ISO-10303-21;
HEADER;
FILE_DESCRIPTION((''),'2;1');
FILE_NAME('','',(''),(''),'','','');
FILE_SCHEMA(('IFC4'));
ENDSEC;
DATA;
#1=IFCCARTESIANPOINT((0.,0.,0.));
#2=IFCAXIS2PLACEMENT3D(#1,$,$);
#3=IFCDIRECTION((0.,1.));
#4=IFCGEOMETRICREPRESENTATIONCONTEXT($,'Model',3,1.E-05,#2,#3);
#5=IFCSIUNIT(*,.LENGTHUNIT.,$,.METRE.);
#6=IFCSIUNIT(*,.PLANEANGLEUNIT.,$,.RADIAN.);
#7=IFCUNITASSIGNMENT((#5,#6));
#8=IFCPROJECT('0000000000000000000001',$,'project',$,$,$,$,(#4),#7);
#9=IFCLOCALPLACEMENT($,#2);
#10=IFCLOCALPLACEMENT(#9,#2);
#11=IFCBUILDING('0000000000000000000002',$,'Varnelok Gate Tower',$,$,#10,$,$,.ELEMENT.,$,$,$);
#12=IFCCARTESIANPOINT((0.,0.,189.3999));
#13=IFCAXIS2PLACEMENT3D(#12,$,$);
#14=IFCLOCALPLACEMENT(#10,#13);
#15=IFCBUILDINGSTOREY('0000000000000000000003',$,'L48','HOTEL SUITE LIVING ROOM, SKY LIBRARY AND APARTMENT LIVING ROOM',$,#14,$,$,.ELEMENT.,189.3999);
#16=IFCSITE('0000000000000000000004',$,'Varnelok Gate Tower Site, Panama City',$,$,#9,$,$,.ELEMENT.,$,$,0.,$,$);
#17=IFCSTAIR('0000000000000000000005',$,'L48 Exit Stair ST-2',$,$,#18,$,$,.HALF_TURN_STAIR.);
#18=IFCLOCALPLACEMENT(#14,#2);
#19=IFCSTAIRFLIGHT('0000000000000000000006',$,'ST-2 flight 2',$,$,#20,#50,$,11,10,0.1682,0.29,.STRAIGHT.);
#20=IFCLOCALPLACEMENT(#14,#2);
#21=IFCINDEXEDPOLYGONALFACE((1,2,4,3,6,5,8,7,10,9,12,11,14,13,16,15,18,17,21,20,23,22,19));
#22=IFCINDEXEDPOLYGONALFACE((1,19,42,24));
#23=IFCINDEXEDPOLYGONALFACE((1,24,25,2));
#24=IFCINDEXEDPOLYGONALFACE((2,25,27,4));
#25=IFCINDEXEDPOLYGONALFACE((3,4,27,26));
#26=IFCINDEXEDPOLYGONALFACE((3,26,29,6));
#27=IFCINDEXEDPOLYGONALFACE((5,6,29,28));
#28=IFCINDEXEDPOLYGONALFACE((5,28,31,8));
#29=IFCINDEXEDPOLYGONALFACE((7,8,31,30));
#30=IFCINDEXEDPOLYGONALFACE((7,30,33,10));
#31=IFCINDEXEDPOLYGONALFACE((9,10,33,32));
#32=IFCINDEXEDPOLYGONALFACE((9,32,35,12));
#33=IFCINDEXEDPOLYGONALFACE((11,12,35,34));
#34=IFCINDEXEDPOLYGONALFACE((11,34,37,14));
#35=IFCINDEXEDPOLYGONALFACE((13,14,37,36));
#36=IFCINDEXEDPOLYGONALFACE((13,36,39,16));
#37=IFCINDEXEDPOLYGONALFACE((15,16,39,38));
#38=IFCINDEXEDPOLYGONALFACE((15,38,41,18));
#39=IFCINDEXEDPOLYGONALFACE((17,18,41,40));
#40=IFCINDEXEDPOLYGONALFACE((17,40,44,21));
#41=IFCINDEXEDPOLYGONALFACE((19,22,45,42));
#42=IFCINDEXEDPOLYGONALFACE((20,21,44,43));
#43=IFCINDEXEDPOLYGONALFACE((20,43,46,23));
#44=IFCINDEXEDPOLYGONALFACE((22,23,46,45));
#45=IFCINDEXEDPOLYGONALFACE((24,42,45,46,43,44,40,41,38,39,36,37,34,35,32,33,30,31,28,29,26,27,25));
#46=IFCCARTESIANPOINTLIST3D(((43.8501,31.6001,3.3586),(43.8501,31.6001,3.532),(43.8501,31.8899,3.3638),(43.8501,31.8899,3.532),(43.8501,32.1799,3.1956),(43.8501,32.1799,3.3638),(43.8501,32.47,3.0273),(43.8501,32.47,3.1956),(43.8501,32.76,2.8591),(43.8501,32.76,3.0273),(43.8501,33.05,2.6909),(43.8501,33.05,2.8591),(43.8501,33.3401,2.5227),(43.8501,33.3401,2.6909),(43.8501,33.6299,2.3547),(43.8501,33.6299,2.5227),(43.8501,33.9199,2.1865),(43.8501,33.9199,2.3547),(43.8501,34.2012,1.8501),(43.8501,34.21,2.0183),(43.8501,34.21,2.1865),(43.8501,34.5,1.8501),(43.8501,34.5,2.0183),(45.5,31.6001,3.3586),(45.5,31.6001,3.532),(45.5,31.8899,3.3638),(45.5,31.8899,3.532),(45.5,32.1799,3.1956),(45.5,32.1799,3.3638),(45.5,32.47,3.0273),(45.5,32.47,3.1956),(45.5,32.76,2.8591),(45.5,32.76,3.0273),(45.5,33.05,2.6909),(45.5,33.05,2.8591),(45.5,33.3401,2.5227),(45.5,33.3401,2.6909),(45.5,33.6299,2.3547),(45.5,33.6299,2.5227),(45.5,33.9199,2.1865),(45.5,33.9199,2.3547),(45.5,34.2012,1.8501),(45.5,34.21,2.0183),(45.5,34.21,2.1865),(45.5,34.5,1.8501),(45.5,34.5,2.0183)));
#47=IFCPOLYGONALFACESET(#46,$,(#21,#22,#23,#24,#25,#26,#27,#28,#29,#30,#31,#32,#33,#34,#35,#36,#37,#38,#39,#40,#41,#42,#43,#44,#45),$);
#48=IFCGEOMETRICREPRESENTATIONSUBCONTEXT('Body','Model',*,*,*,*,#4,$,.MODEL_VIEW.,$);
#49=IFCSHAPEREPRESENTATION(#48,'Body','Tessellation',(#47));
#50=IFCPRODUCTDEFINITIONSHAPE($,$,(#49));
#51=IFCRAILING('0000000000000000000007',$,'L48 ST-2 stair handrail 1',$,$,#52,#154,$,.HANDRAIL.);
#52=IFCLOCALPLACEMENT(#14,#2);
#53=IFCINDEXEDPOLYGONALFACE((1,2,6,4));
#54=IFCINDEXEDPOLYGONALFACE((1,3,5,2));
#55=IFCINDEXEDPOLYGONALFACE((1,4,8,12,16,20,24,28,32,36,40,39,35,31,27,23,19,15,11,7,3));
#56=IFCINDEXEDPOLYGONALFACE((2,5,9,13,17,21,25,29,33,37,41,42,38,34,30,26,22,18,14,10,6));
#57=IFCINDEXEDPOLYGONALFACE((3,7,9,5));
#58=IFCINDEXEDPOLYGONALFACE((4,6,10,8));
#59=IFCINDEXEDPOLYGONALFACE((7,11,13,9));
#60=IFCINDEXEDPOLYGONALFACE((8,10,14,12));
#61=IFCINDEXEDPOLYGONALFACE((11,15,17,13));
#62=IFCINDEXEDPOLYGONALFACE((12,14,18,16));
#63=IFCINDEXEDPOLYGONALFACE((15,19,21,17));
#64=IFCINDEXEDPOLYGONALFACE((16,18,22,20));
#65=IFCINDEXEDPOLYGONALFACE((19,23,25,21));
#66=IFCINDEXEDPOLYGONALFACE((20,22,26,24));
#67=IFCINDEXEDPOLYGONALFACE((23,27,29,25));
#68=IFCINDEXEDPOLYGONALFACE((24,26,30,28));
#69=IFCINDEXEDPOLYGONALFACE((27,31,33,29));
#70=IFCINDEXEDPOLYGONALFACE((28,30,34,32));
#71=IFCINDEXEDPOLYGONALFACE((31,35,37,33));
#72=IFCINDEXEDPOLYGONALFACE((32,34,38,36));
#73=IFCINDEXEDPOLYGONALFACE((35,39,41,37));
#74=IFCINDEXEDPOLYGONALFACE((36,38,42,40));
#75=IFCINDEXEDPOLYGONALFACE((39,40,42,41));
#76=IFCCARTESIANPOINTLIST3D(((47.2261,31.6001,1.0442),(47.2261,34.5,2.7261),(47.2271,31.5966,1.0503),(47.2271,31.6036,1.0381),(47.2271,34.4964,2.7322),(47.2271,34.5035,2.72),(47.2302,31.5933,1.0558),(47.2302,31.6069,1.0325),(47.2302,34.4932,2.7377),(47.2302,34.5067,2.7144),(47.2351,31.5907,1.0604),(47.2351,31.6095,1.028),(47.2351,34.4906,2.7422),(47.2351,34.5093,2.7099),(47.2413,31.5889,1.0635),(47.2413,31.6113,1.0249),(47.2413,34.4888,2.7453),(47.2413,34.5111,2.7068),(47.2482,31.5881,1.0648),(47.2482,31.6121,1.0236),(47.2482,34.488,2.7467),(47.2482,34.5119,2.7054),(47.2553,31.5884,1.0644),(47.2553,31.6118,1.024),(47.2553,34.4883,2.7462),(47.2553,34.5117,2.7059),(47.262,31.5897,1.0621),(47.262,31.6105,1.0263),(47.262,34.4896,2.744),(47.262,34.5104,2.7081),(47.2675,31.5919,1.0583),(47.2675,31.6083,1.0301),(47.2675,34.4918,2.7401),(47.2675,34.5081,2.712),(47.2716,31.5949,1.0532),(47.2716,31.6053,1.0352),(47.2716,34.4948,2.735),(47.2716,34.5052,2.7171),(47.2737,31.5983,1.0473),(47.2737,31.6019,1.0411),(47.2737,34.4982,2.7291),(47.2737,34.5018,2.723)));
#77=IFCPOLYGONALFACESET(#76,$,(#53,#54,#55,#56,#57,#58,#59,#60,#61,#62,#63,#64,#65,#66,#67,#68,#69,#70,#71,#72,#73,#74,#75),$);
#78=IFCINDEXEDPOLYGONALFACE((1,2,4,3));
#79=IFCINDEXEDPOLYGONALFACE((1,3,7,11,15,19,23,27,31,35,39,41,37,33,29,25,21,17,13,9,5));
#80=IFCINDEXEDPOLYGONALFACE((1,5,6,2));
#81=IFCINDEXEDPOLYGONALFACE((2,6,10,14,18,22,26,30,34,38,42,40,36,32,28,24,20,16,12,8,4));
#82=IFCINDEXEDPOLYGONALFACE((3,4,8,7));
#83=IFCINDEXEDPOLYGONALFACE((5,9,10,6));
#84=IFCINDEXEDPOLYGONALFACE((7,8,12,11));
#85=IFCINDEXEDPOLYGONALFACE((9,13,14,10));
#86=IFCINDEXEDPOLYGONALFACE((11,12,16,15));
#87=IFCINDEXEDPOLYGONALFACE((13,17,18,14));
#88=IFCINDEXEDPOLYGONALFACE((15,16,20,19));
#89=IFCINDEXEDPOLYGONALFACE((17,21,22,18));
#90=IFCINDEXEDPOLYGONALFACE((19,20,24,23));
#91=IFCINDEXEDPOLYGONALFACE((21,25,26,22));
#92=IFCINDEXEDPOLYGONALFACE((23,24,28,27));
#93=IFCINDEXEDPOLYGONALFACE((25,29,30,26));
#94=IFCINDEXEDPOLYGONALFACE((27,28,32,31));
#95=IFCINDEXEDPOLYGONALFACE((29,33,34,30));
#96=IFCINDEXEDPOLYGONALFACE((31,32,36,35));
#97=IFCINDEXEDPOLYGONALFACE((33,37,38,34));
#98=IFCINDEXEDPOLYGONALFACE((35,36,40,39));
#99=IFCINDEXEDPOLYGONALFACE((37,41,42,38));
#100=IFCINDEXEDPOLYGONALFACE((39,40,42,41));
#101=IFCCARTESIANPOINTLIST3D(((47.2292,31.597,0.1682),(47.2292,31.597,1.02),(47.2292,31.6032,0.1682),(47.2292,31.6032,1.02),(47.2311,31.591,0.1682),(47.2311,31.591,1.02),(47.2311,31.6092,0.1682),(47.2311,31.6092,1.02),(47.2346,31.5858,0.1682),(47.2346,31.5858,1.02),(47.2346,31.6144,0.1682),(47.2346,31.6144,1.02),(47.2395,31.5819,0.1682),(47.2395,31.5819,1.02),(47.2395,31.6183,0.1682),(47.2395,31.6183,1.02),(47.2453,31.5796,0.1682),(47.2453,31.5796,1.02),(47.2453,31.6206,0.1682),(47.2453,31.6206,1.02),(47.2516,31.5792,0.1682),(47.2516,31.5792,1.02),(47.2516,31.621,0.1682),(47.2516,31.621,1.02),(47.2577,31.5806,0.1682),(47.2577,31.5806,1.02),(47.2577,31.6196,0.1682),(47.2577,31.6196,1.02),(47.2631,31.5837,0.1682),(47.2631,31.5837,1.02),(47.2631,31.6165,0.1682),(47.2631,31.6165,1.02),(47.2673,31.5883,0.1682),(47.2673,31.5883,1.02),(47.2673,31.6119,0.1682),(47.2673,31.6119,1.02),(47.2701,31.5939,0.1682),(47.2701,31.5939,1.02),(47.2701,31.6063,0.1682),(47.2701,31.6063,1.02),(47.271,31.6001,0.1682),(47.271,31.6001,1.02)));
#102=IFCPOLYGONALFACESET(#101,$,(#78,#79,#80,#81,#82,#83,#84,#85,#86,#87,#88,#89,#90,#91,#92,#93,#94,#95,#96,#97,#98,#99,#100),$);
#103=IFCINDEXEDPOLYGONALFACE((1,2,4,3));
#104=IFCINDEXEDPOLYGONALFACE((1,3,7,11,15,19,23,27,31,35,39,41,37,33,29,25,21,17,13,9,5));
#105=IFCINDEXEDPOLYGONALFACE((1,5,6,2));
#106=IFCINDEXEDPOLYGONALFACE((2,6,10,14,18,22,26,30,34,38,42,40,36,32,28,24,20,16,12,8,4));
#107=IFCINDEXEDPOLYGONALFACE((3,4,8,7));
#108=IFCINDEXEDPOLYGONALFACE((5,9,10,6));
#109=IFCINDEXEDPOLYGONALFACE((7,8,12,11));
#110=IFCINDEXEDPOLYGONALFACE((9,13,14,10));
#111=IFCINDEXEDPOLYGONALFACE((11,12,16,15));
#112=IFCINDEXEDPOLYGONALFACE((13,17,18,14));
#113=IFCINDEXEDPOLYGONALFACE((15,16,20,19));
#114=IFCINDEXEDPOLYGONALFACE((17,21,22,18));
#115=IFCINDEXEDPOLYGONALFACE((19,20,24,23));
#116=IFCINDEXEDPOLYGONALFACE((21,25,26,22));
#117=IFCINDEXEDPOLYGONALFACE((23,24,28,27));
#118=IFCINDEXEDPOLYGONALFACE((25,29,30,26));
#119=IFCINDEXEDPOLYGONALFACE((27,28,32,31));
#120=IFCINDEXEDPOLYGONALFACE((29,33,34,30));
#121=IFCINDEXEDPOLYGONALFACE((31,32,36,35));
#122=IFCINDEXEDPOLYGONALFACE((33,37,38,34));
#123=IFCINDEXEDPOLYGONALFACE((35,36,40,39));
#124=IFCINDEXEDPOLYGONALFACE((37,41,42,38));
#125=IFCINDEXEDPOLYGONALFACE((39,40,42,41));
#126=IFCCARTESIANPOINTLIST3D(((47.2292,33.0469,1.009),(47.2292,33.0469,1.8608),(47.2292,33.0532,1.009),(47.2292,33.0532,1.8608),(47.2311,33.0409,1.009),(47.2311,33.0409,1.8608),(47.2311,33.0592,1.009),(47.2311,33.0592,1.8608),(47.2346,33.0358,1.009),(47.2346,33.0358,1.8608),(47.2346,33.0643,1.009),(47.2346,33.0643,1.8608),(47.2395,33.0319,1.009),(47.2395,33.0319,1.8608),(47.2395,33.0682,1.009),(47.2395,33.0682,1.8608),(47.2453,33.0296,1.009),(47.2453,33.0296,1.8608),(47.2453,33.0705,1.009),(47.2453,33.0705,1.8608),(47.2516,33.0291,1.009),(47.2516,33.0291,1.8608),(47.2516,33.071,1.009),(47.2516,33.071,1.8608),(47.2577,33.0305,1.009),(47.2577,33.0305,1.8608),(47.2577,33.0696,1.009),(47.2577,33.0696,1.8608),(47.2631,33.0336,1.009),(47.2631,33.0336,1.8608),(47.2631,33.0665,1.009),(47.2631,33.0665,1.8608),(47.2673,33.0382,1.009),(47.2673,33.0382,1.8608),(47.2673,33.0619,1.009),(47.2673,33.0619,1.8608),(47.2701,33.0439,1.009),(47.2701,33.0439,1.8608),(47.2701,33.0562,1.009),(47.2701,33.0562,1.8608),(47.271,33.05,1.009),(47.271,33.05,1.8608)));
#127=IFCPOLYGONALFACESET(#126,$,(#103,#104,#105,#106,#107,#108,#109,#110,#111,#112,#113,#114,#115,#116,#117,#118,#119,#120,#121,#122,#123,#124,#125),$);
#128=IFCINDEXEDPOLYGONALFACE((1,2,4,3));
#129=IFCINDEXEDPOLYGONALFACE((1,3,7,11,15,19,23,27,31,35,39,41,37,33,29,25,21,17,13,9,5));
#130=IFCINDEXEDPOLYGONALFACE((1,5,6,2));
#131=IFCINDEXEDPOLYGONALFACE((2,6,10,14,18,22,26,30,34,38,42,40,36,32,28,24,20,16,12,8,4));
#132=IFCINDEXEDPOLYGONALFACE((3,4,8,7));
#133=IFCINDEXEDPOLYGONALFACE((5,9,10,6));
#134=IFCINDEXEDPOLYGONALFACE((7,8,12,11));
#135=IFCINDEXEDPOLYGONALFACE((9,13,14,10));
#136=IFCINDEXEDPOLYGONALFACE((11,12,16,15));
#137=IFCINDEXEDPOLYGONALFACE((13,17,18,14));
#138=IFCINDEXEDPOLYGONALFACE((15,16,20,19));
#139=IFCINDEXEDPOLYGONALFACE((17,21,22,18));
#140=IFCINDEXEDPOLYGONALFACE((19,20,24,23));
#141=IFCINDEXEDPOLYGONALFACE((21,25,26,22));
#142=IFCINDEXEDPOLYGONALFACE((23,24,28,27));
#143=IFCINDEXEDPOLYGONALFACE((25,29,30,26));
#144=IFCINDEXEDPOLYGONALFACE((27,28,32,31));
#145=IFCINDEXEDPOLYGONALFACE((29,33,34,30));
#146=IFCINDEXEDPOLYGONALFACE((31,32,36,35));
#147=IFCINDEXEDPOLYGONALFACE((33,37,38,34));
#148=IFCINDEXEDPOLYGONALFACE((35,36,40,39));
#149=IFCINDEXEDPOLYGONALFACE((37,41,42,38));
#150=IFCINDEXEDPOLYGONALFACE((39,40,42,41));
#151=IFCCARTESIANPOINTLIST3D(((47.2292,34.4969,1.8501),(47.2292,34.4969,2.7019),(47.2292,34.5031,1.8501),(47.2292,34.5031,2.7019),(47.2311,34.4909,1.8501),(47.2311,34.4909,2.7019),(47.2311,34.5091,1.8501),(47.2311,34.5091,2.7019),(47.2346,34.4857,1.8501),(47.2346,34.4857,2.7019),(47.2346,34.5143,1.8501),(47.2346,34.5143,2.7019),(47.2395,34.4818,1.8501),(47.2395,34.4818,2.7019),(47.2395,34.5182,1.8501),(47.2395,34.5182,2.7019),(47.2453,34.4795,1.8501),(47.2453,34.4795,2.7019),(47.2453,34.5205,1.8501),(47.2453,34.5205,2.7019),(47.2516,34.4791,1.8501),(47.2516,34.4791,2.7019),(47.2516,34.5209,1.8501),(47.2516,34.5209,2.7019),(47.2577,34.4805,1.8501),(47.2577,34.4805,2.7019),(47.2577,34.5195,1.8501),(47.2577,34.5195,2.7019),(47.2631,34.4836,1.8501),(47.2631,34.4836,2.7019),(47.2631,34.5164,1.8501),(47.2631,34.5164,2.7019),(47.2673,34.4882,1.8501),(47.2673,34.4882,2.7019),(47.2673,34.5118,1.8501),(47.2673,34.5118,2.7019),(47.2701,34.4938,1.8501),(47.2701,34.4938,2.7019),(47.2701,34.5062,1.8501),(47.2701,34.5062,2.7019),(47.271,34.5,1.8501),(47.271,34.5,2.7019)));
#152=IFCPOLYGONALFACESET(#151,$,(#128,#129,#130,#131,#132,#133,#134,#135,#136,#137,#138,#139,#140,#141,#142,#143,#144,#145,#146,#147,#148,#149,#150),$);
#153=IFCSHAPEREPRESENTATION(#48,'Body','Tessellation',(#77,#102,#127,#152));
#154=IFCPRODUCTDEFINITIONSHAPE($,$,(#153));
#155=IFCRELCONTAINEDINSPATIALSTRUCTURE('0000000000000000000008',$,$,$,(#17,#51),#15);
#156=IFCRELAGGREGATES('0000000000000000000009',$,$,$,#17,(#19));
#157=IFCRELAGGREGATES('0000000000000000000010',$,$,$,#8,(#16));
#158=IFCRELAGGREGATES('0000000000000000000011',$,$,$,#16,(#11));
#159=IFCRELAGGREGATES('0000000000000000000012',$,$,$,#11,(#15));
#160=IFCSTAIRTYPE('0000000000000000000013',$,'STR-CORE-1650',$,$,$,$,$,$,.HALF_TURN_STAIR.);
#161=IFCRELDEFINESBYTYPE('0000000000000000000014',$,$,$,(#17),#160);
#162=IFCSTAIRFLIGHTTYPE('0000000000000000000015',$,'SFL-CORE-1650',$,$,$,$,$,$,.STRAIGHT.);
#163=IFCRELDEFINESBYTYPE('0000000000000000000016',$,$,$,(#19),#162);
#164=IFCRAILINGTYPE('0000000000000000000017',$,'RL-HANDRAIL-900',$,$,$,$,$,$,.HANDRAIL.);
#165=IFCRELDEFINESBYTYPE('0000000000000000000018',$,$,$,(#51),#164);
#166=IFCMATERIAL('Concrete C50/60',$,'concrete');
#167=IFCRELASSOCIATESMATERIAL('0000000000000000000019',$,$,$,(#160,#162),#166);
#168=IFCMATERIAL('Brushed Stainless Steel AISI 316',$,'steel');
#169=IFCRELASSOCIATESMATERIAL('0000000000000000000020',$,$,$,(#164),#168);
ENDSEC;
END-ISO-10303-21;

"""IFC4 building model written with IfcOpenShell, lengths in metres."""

from ifc_helpers import new_model, si_unit, direction, frame, origin, origin_2d, place, context, subcontext, project, spatial, polyline, circle, outline, extrude, material, type_object, element, aggregate, save


model = new_model("IFC4")

# Units and contexts
model_context = context("Model", 3, precision=1e-05, world=origin(), true_north=direction((0.0, 1.0)))
body_context = subcontext(model_context, "Body", "Model", "MODEL_VIEW")
ifc_project = project(units=[si_unit("LENGTHUNIT", "METRE"), si_unit("PLANEANGLEUNIT", "RADIAN")], contexts=[model_context])

# Site, building, storey
site_placement = place(None, origin())
site = spatial("IfcSite", under=ifc_project, at=site_placement, Name="Varnelok Gate Tower Site, Panama City", CompositionType="ELEMENT", RefElevation=0.0)
building_placement = place(site_placement, origin())
building = spatial("IfcBuilding", under=site, at=building_placement, Name="Varnelok Gate Tower", CompositionType="ELEMENT")
storey_placement = place(building_placement, frame((0.0, 0.0, 189.3999)))
storey = spatial("IfcBuildingStorey", under=building, at=storey_placement, Name="L48", Description="HOTEL SUITE LIVING ROOM, SKY LIBRARY AND APARTMENT LIVING ROOM", CompositionType="ELEMENT", Elevation=189.3999)

# Stair, stair flight
ifc_material_1 = material(Name="Concrete C50/60", Category="concrete")
stair_type = type_object("IfcStairType", Name="STR-CORE-1650", PredefinedType="HALF_TURN_STAIR", material=ifc_material_1)
stair_placement = place(storey_placement, origin())
stair = element("IfcStair", 1, at=stair_placement, inside=storey, type_object=stair_type, Name="L48 Exit Stair ST-2", PredefinedType="HALF_TURN_STAIR")
stair_flight_type = type_object("IfcStairFlightType", Name="SFL-CORE-1650", PredefinedType="STRAIGHT", material=ifc_material_1)
stair_flight_1_placement = place(storey_placement, frame((44.675, 34.5, 1.8501), z_axis=(0.0, 0.0, 1.0), x_axis=(0.0, -1.0, 0.0)))
stair_flight_1 = element("IfcStairFlight", 2, at=stair_flight_1_placement, type_object=stair_flight_type, Name="ST-2 flight 2", NumberOfRisers=11, NumberOfTreads=10, PredefinedType="STRAIGHT", RiserHeight=0.1682, TreadLength=0.29, context=body_context, shape_type="SweptSolid", body=[
    extrude(outline(polyline([(0.0, 0.0), (0.0, 0.1682), (0.29, 0.1682), (0.29, 0.3364), (0.5801, 0.3364), (0.5801, 0.5046), (0.8701, 0.5046), (0.8701, 0.6726), (1.1599, 0.6726), (1.1599, 0.8408), (1.45, 0.8408), (1.45, 1.009), (1.74, 1.009), (1.74, 1.1772), (2.03, 1.1772), (2.03, 1.3455), (2.3201, 1.3455), (2.3201, 1.5137), (2.6101, 1.5137), (2.6101, 1.6819), (2.8999, 1.6819), (2.8999, 1.8501), (2.8999, 1.5085), (0.2988, 0.0), (0.0, 0.0)])), frame((0.0, 0.825, 0.0), z_axis=(0.0, -1.0, 0.0), x_axis=(1.0, 0.0, 0.0)), (0.0, 0.0, 1.0), 1.6499),
])
aggregate(stair, [stair_flight_1])

# Railing
ifc_material_2 = material(Name="Brushed Stainless Steel AISI 316", Category="steel")
railing_type_1 = type_object("IfcRailingType", Name="RL-HANDRAIL-900", PredefinedType="HANDRAIL", material=ifc_material_2)
railing_1_placement = place(storey_placement, frame((47.25, 31.6001, 0.1682)))
element("IfcRailing", 3, at=railing_1_placement, inside=storey, type_object=railing_type_1, Name="L48 ST-2 stair handrail 1", PredefinedType="HANDRAIL", context=body_context, shape_type="SweptSolid", body=[
    extrude(circle(Radius=0.0239, at=origin_2d()), frame((0.0, 0.0, 0.876), z_axis=(0.0, 0.865039, 0.501705), x_axis=(-1.0, 0.0, 0.0)), (0.0, 0.0, 1.0), 3.3523),
    extrude(circle(Radius=0.021, at=origin_2d()), origin(), (0.0, 0.0, 1.0), 0.8518),
    extrude(circle(Radius=0.021, at=origin_2d()), frame((0.0, 1.45, 0.8408)), (0.0, 0.0, 1.0), 0.8518),
    extrude(circle(Radius=0.021, at=origin_2d()), frame((0.0, 2.8999, 1.6819)), (0.0, 0.0, 1.0), 0.8518),
])

save(model, "model.ifc")
